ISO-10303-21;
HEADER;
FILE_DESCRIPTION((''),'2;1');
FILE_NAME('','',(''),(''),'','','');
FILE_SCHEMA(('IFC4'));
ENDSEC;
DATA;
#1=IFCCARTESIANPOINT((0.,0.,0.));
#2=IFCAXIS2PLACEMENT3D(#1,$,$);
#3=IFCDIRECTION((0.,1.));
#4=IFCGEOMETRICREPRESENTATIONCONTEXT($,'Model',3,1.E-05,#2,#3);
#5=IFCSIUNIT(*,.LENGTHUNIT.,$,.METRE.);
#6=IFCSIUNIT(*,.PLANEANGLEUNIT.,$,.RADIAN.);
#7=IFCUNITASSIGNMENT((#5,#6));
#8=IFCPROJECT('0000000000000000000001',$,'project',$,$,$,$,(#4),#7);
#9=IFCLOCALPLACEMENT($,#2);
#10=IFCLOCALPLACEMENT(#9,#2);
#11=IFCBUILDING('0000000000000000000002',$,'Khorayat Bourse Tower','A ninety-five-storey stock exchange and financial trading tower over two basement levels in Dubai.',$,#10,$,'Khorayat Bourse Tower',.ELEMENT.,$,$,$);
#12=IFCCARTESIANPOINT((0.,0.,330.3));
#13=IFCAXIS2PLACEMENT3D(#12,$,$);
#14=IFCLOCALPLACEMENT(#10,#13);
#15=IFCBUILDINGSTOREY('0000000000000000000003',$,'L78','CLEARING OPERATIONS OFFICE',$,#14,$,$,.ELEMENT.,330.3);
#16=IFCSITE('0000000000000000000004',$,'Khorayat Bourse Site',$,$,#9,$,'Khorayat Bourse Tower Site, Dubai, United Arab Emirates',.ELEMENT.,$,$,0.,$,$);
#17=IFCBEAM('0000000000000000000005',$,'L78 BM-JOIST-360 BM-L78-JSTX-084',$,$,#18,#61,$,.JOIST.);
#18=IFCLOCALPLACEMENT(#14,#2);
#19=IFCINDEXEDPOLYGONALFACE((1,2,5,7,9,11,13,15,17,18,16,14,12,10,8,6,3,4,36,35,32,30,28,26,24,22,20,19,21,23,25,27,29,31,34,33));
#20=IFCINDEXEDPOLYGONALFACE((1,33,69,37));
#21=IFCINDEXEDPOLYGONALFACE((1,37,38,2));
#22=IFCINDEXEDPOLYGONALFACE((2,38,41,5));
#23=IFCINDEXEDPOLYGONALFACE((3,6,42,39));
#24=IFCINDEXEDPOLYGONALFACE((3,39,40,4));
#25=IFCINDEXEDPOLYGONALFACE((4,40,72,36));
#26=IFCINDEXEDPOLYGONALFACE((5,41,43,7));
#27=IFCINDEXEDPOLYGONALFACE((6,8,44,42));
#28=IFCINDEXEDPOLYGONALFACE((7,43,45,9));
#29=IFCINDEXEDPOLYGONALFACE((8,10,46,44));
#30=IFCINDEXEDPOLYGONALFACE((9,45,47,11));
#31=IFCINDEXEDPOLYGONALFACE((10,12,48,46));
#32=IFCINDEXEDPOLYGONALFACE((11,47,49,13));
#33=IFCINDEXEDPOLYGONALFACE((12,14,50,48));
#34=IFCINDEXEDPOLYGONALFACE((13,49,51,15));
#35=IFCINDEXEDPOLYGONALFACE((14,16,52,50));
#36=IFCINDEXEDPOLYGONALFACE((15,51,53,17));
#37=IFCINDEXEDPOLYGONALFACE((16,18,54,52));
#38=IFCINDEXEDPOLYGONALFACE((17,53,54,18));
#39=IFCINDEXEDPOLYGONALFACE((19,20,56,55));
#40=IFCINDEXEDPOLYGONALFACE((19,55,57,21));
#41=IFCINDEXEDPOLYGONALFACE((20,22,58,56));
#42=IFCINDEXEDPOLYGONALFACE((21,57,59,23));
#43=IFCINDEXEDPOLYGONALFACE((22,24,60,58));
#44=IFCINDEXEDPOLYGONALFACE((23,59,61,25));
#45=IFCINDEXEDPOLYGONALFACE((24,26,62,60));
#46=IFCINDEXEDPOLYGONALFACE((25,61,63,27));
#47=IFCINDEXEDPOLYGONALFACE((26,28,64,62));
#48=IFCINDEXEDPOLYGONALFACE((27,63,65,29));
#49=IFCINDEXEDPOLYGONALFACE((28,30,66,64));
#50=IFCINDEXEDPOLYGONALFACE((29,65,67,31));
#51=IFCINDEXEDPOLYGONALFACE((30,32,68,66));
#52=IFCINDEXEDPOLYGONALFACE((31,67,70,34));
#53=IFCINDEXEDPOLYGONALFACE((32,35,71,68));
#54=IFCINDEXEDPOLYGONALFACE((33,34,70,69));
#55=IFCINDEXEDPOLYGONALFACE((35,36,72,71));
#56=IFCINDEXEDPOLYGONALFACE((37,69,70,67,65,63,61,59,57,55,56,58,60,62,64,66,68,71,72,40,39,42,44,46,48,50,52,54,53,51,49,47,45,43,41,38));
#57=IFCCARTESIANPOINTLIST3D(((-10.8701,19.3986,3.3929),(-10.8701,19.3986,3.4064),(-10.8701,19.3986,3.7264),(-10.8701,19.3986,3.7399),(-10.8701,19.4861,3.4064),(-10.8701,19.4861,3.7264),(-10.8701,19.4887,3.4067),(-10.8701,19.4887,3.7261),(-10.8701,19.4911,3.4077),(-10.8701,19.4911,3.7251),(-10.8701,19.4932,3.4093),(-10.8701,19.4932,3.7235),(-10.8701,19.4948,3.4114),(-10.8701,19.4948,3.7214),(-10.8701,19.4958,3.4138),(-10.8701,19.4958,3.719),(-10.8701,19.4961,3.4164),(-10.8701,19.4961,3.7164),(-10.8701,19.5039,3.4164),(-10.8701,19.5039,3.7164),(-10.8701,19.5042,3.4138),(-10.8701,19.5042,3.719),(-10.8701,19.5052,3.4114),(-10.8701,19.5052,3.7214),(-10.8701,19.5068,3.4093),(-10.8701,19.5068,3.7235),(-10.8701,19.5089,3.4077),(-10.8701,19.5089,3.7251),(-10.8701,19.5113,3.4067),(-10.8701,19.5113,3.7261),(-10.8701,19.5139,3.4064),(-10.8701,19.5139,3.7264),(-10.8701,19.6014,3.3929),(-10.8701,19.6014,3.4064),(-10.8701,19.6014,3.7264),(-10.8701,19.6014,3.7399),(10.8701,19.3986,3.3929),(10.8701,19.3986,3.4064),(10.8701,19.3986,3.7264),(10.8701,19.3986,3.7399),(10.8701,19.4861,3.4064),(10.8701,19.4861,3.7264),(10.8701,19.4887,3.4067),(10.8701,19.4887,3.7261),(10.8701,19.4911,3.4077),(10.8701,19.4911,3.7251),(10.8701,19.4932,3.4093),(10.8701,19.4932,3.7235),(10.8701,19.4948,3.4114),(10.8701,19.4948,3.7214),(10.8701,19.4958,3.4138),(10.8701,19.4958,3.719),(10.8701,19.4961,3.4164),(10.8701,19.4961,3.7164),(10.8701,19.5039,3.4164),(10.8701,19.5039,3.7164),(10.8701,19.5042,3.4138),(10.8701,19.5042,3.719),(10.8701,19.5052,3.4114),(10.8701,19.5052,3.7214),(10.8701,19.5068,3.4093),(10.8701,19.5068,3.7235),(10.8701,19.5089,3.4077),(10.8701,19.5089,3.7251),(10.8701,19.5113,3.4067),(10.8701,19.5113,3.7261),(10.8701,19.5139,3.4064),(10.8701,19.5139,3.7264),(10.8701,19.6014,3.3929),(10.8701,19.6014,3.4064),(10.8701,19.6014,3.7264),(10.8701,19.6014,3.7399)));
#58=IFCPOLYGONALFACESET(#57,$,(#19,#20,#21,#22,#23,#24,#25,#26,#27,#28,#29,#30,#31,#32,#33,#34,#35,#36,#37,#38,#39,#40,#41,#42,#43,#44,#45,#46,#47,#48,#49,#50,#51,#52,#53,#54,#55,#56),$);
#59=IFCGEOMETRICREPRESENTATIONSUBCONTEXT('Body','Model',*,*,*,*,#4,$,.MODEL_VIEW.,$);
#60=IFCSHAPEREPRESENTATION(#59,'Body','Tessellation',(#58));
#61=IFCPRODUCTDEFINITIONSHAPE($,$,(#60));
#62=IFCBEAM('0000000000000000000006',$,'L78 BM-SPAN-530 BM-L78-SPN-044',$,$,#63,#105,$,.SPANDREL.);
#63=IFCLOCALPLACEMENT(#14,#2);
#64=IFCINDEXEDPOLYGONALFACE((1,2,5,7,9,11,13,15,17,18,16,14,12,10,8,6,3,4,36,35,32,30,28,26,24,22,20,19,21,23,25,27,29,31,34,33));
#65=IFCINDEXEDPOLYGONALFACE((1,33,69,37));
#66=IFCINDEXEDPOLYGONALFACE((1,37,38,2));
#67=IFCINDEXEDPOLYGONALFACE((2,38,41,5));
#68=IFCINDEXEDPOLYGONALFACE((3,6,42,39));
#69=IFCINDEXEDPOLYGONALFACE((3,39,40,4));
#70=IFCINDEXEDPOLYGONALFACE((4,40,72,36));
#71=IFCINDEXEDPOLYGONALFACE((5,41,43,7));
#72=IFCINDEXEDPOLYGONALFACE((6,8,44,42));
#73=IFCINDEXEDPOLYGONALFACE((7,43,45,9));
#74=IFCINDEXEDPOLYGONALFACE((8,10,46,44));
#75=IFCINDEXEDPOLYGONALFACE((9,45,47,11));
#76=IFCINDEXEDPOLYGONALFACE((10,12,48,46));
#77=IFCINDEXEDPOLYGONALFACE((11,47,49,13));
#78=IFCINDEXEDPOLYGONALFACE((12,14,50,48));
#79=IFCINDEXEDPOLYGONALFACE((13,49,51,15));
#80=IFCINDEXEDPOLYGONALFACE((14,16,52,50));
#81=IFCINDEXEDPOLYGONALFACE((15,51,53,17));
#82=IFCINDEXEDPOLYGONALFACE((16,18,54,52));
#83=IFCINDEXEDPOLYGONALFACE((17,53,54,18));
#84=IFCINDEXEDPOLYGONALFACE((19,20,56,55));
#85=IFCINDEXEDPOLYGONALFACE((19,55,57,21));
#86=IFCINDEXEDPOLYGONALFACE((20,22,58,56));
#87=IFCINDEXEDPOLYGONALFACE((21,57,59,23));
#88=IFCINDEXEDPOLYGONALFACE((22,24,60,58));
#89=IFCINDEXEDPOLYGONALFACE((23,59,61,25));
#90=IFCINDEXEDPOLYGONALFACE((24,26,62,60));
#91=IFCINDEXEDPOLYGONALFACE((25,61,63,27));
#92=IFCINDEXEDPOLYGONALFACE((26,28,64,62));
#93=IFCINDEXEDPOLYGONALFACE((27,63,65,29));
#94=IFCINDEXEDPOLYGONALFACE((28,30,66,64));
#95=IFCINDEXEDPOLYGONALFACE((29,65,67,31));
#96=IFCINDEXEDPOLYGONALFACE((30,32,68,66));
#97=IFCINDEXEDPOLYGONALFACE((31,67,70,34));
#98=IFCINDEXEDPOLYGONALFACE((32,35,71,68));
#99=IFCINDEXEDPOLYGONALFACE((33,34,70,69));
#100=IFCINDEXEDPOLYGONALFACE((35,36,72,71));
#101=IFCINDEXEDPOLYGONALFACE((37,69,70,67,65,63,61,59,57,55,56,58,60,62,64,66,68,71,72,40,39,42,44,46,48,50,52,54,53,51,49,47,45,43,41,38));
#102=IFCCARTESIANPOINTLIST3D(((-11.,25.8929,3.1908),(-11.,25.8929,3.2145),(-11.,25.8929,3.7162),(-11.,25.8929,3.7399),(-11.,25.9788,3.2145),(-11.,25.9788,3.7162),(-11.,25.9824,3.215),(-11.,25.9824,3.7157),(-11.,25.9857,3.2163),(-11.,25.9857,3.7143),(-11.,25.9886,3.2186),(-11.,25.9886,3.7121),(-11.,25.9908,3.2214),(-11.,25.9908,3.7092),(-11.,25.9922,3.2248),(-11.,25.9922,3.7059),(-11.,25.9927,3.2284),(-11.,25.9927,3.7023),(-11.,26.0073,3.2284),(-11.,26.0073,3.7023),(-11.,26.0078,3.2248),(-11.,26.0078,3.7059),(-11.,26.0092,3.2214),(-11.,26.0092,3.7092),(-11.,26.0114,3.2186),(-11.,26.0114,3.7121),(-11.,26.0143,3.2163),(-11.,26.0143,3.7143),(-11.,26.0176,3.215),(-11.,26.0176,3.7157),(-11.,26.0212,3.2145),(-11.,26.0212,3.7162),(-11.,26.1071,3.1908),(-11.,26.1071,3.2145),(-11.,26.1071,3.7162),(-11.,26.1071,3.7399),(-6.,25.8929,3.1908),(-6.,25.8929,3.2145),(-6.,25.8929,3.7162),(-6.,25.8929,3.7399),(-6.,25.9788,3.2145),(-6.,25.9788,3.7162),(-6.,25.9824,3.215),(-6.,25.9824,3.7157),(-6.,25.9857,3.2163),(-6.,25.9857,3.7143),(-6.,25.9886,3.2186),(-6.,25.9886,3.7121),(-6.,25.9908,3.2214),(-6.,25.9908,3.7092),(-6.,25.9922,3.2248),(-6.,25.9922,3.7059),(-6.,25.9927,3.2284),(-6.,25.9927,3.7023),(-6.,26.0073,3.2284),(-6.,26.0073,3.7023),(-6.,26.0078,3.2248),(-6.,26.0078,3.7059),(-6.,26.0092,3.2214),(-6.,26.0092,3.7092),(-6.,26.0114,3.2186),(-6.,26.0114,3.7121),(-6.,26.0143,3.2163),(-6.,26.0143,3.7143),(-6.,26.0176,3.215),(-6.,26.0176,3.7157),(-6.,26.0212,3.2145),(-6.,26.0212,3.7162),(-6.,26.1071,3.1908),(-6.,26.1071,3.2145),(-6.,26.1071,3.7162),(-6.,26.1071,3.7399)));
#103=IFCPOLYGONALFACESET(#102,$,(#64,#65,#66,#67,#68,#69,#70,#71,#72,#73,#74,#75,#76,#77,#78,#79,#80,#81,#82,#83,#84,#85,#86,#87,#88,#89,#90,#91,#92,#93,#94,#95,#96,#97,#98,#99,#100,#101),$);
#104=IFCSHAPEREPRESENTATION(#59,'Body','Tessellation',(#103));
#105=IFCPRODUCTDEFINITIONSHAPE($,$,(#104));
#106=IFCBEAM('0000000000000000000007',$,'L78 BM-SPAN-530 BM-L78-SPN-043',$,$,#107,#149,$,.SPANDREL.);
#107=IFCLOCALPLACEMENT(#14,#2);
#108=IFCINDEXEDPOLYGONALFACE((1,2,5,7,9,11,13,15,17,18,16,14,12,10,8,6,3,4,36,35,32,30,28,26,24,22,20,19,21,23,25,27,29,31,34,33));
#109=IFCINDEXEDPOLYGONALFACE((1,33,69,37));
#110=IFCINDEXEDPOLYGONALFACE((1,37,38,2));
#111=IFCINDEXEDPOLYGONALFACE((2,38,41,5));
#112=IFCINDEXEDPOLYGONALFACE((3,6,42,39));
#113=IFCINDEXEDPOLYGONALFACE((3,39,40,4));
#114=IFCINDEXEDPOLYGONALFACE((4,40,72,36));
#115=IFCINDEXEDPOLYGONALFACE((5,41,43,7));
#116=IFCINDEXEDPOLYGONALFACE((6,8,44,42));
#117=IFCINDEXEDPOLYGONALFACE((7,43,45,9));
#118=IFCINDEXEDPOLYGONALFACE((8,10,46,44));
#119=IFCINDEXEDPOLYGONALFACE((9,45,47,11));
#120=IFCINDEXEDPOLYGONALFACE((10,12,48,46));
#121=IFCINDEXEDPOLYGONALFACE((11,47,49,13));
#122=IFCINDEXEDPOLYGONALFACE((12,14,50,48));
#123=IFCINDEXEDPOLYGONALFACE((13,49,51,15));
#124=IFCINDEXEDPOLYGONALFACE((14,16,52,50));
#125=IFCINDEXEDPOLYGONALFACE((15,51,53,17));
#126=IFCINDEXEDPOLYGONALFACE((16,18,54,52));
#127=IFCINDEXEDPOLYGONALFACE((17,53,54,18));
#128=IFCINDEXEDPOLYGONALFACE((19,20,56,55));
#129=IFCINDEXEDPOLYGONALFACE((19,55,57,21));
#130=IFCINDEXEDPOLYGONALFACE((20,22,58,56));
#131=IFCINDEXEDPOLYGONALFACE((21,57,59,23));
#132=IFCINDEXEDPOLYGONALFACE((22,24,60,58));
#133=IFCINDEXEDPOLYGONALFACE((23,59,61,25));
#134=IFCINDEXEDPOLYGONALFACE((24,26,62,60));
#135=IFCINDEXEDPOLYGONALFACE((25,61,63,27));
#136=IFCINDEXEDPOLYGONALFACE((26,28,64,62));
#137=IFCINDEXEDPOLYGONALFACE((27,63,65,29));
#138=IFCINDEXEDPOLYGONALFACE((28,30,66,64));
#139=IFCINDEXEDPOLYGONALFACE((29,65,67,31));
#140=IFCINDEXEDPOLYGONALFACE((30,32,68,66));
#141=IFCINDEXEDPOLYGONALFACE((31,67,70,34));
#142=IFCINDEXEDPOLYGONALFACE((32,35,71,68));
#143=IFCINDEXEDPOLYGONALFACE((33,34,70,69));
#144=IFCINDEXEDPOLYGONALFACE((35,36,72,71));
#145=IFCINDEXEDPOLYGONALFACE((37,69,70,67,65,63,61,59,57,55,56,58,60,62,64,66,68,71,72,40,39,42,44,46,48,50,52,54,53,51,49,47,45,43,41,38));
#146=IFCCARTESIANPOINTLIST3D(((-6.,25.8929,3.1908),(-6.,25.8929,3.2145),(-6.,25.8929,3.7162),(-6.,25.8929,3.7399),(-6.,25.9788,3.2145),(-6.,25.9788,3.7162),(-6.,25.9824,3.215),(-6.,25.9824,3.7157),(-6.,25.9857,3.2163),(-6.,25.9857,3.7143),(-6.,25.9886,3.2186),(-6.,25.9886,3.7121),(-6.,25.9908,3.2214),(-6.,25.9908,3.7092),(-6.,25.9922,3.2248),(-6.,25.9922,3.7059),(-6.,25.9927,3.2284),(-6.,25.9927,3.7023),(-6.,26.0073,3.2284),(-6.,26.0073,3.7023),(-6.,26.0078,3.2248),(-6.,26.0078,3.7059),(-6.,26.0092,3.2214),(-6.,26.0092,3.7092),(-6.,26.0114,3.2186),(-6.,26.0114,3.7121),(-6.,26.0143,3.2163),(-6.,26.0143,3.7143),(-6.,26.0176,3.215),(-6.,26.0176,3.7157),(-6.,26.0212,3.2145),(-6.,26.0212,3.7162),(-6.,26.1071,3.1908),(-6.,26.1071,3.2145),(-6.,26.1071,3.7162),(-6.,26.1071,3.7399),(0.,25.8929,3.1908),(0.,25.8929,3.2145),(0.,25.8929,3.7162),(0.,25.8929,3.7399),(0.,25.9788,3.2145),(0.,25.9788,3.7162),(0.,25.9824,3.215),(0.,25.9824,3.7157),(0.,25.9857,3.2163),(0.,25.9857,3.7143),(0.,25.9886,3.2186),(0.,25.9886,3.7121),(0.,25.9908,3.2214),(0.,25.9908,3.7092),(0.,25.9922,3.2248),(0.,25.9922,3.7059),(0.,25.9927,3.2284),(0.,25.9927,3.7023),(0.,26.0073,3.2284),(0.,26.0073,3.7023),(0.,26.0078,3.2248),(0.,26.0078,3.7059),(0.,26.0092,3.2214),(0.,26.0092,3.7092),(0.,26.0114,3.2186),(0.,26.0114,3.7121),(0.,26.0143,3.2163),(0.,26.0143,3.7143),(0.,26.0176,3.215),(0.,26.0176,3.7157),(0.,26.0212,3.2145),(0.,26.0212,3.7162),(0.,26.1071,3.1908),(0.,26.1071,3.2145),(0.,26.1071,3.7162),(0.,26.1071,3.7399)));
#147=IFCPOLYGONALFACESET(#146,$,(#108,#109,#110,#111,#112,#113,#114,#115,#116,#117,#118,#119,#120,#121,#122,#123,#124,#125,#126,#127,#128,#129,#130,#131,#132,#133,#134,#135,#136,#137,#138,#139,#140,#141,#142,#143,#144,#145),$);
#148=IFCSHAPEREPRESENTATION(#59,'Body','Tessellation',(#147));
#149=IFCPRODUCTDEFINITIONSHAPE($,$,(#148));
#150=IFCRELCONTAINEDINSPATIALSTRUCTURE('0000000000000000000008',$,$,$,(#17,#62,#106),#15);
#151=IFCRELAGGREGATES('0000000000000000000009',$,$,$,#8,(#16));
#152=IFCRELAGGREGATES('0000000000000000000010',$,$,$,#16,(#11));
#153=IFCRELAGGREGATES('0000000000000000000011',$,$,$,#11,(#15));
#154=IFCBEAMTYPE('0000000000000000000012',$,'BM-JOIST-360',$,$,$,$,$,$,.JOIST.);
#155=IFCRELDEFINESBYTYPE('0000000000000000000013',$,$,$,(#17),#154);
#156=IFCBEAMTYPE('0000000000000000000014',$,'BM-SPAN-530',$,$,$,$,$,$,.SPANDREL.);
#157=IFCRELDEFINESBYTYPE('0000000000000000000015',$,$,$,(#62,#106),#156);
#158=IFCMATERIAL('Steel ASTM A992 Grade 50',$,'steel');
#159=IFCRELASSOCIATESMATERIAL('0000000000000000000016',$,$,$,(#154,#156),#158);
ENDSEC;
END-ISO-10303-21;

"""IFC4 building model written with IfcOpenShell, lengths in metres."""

from ifc_helpers import new_model, si_unit, direction, frame, origin, origin_2d, place, context, subcontext, project, spatial, i_section, extrude, source, transform, mapped, material, material_profile, profile_set, type_object, element, save


model = new_model("IFC4")

# Units and contexts
model_context = context("Model", 3, precision=1e-05, world=origin(), true_north=direction((0.0, 1.0)))
body_context = subcontext(model_context, "Body", "Model", "MODEL_VIEW")
ifc_project = project(units=[si_unit("LENGTHUNIT", "METRE"), si_unit("PLANEANGLEUNIT", "RADIAN")], contexts=[model_context])

# Site, building, storey
site_placement = place(None, origin())
site = spatial("IfcSite", under=ifc_project, at=site_placement, Name="Khorayat Bourse Site", LongName="Khorayat Bourse Tower Site, Dubai, United Arab Emirates", CompositionType="ELEMENT", RefElevation=0.0)
building_placement = place(site_placement, origin())
building = spatial("IfcBuilding", under=site, at=building_placement, Name="Khorayat Bourse Tower", Description="A ninety-five-storey stock exchange and financial trading tower over two basement levels in Dubai.", LongName="Khorayat Bourse Tower", CompositionType="ELEMENT")
storey_placement = place(building_placement, frame((0.0, 0.0, 330.3)))
storey = spatial("IfcBuildingStorey", under=building, at=storey_placement, Name="L78", Description="CLEARING OPERATIONS OFFICE", CompositionType="ELEMENT", Elevation=330.3)

# Beams
ifc_material_1 = material(Name="Steel ASTM A992 Grade 50", Category="steel")
ifc_material_profile_1 = material_profile(ifc_material_1, i_section(OverallWidth=0.2029, OverallDepth=0.3469, WebThickness=0.0078, FlangeThickness=0.0134, FilletRadius=0.01, at=origin_2d()), Name="W360X64")
ifc_profile_set_1 = profile_set([ifc_material_profile_1], Name="Steel ASTM A992 Grade 50")
beam_type_1 = type_object("IfcBeamType", Name="BM-JOIST-360", PredefinedType="JOIST", material=ifc_profile_set_1)
shared_shape_1 = source(origin(), body_context, "Body", "SweptSolid", [
    extrude(i_section(OverallWidth=0.2029, OverallDepth=0.3469, WebThickness=0.0078, FlangeThickness=0.0134, FilletRadius=0.01, at=origin_2d()), origin(), (0.0, 0.0, 1.0), 21.7402),
])
beam_1_placement = place(storey_placement, frame((-10.8701, 19.5, 3.5664), z_axis=(1.0, 0.0, 0.0), x_axis=(0.0, 1.0, 0.0)))
element("IfcBeam", 1, at=beam_1_placement, inside=storey, type_object=beam_type_1, Name="L78 BM-JOIST-360 BM-L78-JSTX-084", PredefinedType="JOIST", context=body_context, shape_type="MappedRepresentation", body=[
    mapped(shared_shape_1, transform((0.0, 0.0, 0.0), scale=1.0)),
])
ifc_material_profile_2 = material_profile(ifc_material_1, i_section(OverallWidth=0.2141, OverallDepth=0.5491, WebThickness=0.0146, FlangeThickness=0.0237, FilletRadius=0.0139, at=origin_2d()), Name="W530X138")
ifc_profile_set_2 = profile_set([ifc_material_profile_2], Name="Steel ASTM A992 Grade 50")
beam_type_2 = type_object("IfcBeamType", Name="BM-SPAN-530", PredefinedType="SPANDREL", material=ifc_profile_set_2)
shared_shape_2 = source(origin(), body_context, "Body", "SweptSolid", [
    extrude(i_section(OverallWidth=0.2141, OverallDepth=0.5491, WebThickness=0.0146, FlangeThickness=0.0237, FilletRadius=0.0139, at=origin_2d()), origin(), (0.0, 0.0, 1.0), 5.0),
])
beam_2_placement = place(storey_placement, frame((-11.0, 26.0, 3.4653), z_axis=(1.0, 0.0, 0.0), x_axis=(0.0, 1.0, 0.0)))
element("IfcBeam", 2, at=beam_2_placement, inside=storey, type_object=beam_type_2, Name="L78 BM-SPAN-530 BM-L78-SPN-044", PredefinedType="SPANDREL", context=body_context, shape_type="MappedRepresentation", body=[
    mapped(shared_shape_2, transform((0.0, 0.0, 0.0), scale=1.0)),
])
shared_shape_3 = source(origin(), body_context, "Body", "SweptSolid", [
    extrude(i_section(OverallWidth=0.2141, OverallDepth=0.5491, WebThickness=0.0146, FlangeThickness=0.0237, FilletRadius=0.0139, at=origin_2d()), origin(), (0.0, 0.0, 1.0), 6.0),
])
beam_3_placement = place(storey_placement, frame((-6.0, 26.0, 3.4653), z_axis=(1.0, 0.0, 0.0), x_axis=(0.0, 1.0, 0.0)))
element("IfcBeam", 3, at=beam_3_placement, inside=storey, type_object=beam_type_2, Name="L78 BM-SPAN-530 BM-L78-SPN-043", PredefinedType="SPANDREL", context=body_context, shape_type="MappedRepresentation", body=[
    mapped(shared_shape_3, transform((0.0, 0.0, 0.0), scale=1.0)),
])

save(model, "model.ifc")
